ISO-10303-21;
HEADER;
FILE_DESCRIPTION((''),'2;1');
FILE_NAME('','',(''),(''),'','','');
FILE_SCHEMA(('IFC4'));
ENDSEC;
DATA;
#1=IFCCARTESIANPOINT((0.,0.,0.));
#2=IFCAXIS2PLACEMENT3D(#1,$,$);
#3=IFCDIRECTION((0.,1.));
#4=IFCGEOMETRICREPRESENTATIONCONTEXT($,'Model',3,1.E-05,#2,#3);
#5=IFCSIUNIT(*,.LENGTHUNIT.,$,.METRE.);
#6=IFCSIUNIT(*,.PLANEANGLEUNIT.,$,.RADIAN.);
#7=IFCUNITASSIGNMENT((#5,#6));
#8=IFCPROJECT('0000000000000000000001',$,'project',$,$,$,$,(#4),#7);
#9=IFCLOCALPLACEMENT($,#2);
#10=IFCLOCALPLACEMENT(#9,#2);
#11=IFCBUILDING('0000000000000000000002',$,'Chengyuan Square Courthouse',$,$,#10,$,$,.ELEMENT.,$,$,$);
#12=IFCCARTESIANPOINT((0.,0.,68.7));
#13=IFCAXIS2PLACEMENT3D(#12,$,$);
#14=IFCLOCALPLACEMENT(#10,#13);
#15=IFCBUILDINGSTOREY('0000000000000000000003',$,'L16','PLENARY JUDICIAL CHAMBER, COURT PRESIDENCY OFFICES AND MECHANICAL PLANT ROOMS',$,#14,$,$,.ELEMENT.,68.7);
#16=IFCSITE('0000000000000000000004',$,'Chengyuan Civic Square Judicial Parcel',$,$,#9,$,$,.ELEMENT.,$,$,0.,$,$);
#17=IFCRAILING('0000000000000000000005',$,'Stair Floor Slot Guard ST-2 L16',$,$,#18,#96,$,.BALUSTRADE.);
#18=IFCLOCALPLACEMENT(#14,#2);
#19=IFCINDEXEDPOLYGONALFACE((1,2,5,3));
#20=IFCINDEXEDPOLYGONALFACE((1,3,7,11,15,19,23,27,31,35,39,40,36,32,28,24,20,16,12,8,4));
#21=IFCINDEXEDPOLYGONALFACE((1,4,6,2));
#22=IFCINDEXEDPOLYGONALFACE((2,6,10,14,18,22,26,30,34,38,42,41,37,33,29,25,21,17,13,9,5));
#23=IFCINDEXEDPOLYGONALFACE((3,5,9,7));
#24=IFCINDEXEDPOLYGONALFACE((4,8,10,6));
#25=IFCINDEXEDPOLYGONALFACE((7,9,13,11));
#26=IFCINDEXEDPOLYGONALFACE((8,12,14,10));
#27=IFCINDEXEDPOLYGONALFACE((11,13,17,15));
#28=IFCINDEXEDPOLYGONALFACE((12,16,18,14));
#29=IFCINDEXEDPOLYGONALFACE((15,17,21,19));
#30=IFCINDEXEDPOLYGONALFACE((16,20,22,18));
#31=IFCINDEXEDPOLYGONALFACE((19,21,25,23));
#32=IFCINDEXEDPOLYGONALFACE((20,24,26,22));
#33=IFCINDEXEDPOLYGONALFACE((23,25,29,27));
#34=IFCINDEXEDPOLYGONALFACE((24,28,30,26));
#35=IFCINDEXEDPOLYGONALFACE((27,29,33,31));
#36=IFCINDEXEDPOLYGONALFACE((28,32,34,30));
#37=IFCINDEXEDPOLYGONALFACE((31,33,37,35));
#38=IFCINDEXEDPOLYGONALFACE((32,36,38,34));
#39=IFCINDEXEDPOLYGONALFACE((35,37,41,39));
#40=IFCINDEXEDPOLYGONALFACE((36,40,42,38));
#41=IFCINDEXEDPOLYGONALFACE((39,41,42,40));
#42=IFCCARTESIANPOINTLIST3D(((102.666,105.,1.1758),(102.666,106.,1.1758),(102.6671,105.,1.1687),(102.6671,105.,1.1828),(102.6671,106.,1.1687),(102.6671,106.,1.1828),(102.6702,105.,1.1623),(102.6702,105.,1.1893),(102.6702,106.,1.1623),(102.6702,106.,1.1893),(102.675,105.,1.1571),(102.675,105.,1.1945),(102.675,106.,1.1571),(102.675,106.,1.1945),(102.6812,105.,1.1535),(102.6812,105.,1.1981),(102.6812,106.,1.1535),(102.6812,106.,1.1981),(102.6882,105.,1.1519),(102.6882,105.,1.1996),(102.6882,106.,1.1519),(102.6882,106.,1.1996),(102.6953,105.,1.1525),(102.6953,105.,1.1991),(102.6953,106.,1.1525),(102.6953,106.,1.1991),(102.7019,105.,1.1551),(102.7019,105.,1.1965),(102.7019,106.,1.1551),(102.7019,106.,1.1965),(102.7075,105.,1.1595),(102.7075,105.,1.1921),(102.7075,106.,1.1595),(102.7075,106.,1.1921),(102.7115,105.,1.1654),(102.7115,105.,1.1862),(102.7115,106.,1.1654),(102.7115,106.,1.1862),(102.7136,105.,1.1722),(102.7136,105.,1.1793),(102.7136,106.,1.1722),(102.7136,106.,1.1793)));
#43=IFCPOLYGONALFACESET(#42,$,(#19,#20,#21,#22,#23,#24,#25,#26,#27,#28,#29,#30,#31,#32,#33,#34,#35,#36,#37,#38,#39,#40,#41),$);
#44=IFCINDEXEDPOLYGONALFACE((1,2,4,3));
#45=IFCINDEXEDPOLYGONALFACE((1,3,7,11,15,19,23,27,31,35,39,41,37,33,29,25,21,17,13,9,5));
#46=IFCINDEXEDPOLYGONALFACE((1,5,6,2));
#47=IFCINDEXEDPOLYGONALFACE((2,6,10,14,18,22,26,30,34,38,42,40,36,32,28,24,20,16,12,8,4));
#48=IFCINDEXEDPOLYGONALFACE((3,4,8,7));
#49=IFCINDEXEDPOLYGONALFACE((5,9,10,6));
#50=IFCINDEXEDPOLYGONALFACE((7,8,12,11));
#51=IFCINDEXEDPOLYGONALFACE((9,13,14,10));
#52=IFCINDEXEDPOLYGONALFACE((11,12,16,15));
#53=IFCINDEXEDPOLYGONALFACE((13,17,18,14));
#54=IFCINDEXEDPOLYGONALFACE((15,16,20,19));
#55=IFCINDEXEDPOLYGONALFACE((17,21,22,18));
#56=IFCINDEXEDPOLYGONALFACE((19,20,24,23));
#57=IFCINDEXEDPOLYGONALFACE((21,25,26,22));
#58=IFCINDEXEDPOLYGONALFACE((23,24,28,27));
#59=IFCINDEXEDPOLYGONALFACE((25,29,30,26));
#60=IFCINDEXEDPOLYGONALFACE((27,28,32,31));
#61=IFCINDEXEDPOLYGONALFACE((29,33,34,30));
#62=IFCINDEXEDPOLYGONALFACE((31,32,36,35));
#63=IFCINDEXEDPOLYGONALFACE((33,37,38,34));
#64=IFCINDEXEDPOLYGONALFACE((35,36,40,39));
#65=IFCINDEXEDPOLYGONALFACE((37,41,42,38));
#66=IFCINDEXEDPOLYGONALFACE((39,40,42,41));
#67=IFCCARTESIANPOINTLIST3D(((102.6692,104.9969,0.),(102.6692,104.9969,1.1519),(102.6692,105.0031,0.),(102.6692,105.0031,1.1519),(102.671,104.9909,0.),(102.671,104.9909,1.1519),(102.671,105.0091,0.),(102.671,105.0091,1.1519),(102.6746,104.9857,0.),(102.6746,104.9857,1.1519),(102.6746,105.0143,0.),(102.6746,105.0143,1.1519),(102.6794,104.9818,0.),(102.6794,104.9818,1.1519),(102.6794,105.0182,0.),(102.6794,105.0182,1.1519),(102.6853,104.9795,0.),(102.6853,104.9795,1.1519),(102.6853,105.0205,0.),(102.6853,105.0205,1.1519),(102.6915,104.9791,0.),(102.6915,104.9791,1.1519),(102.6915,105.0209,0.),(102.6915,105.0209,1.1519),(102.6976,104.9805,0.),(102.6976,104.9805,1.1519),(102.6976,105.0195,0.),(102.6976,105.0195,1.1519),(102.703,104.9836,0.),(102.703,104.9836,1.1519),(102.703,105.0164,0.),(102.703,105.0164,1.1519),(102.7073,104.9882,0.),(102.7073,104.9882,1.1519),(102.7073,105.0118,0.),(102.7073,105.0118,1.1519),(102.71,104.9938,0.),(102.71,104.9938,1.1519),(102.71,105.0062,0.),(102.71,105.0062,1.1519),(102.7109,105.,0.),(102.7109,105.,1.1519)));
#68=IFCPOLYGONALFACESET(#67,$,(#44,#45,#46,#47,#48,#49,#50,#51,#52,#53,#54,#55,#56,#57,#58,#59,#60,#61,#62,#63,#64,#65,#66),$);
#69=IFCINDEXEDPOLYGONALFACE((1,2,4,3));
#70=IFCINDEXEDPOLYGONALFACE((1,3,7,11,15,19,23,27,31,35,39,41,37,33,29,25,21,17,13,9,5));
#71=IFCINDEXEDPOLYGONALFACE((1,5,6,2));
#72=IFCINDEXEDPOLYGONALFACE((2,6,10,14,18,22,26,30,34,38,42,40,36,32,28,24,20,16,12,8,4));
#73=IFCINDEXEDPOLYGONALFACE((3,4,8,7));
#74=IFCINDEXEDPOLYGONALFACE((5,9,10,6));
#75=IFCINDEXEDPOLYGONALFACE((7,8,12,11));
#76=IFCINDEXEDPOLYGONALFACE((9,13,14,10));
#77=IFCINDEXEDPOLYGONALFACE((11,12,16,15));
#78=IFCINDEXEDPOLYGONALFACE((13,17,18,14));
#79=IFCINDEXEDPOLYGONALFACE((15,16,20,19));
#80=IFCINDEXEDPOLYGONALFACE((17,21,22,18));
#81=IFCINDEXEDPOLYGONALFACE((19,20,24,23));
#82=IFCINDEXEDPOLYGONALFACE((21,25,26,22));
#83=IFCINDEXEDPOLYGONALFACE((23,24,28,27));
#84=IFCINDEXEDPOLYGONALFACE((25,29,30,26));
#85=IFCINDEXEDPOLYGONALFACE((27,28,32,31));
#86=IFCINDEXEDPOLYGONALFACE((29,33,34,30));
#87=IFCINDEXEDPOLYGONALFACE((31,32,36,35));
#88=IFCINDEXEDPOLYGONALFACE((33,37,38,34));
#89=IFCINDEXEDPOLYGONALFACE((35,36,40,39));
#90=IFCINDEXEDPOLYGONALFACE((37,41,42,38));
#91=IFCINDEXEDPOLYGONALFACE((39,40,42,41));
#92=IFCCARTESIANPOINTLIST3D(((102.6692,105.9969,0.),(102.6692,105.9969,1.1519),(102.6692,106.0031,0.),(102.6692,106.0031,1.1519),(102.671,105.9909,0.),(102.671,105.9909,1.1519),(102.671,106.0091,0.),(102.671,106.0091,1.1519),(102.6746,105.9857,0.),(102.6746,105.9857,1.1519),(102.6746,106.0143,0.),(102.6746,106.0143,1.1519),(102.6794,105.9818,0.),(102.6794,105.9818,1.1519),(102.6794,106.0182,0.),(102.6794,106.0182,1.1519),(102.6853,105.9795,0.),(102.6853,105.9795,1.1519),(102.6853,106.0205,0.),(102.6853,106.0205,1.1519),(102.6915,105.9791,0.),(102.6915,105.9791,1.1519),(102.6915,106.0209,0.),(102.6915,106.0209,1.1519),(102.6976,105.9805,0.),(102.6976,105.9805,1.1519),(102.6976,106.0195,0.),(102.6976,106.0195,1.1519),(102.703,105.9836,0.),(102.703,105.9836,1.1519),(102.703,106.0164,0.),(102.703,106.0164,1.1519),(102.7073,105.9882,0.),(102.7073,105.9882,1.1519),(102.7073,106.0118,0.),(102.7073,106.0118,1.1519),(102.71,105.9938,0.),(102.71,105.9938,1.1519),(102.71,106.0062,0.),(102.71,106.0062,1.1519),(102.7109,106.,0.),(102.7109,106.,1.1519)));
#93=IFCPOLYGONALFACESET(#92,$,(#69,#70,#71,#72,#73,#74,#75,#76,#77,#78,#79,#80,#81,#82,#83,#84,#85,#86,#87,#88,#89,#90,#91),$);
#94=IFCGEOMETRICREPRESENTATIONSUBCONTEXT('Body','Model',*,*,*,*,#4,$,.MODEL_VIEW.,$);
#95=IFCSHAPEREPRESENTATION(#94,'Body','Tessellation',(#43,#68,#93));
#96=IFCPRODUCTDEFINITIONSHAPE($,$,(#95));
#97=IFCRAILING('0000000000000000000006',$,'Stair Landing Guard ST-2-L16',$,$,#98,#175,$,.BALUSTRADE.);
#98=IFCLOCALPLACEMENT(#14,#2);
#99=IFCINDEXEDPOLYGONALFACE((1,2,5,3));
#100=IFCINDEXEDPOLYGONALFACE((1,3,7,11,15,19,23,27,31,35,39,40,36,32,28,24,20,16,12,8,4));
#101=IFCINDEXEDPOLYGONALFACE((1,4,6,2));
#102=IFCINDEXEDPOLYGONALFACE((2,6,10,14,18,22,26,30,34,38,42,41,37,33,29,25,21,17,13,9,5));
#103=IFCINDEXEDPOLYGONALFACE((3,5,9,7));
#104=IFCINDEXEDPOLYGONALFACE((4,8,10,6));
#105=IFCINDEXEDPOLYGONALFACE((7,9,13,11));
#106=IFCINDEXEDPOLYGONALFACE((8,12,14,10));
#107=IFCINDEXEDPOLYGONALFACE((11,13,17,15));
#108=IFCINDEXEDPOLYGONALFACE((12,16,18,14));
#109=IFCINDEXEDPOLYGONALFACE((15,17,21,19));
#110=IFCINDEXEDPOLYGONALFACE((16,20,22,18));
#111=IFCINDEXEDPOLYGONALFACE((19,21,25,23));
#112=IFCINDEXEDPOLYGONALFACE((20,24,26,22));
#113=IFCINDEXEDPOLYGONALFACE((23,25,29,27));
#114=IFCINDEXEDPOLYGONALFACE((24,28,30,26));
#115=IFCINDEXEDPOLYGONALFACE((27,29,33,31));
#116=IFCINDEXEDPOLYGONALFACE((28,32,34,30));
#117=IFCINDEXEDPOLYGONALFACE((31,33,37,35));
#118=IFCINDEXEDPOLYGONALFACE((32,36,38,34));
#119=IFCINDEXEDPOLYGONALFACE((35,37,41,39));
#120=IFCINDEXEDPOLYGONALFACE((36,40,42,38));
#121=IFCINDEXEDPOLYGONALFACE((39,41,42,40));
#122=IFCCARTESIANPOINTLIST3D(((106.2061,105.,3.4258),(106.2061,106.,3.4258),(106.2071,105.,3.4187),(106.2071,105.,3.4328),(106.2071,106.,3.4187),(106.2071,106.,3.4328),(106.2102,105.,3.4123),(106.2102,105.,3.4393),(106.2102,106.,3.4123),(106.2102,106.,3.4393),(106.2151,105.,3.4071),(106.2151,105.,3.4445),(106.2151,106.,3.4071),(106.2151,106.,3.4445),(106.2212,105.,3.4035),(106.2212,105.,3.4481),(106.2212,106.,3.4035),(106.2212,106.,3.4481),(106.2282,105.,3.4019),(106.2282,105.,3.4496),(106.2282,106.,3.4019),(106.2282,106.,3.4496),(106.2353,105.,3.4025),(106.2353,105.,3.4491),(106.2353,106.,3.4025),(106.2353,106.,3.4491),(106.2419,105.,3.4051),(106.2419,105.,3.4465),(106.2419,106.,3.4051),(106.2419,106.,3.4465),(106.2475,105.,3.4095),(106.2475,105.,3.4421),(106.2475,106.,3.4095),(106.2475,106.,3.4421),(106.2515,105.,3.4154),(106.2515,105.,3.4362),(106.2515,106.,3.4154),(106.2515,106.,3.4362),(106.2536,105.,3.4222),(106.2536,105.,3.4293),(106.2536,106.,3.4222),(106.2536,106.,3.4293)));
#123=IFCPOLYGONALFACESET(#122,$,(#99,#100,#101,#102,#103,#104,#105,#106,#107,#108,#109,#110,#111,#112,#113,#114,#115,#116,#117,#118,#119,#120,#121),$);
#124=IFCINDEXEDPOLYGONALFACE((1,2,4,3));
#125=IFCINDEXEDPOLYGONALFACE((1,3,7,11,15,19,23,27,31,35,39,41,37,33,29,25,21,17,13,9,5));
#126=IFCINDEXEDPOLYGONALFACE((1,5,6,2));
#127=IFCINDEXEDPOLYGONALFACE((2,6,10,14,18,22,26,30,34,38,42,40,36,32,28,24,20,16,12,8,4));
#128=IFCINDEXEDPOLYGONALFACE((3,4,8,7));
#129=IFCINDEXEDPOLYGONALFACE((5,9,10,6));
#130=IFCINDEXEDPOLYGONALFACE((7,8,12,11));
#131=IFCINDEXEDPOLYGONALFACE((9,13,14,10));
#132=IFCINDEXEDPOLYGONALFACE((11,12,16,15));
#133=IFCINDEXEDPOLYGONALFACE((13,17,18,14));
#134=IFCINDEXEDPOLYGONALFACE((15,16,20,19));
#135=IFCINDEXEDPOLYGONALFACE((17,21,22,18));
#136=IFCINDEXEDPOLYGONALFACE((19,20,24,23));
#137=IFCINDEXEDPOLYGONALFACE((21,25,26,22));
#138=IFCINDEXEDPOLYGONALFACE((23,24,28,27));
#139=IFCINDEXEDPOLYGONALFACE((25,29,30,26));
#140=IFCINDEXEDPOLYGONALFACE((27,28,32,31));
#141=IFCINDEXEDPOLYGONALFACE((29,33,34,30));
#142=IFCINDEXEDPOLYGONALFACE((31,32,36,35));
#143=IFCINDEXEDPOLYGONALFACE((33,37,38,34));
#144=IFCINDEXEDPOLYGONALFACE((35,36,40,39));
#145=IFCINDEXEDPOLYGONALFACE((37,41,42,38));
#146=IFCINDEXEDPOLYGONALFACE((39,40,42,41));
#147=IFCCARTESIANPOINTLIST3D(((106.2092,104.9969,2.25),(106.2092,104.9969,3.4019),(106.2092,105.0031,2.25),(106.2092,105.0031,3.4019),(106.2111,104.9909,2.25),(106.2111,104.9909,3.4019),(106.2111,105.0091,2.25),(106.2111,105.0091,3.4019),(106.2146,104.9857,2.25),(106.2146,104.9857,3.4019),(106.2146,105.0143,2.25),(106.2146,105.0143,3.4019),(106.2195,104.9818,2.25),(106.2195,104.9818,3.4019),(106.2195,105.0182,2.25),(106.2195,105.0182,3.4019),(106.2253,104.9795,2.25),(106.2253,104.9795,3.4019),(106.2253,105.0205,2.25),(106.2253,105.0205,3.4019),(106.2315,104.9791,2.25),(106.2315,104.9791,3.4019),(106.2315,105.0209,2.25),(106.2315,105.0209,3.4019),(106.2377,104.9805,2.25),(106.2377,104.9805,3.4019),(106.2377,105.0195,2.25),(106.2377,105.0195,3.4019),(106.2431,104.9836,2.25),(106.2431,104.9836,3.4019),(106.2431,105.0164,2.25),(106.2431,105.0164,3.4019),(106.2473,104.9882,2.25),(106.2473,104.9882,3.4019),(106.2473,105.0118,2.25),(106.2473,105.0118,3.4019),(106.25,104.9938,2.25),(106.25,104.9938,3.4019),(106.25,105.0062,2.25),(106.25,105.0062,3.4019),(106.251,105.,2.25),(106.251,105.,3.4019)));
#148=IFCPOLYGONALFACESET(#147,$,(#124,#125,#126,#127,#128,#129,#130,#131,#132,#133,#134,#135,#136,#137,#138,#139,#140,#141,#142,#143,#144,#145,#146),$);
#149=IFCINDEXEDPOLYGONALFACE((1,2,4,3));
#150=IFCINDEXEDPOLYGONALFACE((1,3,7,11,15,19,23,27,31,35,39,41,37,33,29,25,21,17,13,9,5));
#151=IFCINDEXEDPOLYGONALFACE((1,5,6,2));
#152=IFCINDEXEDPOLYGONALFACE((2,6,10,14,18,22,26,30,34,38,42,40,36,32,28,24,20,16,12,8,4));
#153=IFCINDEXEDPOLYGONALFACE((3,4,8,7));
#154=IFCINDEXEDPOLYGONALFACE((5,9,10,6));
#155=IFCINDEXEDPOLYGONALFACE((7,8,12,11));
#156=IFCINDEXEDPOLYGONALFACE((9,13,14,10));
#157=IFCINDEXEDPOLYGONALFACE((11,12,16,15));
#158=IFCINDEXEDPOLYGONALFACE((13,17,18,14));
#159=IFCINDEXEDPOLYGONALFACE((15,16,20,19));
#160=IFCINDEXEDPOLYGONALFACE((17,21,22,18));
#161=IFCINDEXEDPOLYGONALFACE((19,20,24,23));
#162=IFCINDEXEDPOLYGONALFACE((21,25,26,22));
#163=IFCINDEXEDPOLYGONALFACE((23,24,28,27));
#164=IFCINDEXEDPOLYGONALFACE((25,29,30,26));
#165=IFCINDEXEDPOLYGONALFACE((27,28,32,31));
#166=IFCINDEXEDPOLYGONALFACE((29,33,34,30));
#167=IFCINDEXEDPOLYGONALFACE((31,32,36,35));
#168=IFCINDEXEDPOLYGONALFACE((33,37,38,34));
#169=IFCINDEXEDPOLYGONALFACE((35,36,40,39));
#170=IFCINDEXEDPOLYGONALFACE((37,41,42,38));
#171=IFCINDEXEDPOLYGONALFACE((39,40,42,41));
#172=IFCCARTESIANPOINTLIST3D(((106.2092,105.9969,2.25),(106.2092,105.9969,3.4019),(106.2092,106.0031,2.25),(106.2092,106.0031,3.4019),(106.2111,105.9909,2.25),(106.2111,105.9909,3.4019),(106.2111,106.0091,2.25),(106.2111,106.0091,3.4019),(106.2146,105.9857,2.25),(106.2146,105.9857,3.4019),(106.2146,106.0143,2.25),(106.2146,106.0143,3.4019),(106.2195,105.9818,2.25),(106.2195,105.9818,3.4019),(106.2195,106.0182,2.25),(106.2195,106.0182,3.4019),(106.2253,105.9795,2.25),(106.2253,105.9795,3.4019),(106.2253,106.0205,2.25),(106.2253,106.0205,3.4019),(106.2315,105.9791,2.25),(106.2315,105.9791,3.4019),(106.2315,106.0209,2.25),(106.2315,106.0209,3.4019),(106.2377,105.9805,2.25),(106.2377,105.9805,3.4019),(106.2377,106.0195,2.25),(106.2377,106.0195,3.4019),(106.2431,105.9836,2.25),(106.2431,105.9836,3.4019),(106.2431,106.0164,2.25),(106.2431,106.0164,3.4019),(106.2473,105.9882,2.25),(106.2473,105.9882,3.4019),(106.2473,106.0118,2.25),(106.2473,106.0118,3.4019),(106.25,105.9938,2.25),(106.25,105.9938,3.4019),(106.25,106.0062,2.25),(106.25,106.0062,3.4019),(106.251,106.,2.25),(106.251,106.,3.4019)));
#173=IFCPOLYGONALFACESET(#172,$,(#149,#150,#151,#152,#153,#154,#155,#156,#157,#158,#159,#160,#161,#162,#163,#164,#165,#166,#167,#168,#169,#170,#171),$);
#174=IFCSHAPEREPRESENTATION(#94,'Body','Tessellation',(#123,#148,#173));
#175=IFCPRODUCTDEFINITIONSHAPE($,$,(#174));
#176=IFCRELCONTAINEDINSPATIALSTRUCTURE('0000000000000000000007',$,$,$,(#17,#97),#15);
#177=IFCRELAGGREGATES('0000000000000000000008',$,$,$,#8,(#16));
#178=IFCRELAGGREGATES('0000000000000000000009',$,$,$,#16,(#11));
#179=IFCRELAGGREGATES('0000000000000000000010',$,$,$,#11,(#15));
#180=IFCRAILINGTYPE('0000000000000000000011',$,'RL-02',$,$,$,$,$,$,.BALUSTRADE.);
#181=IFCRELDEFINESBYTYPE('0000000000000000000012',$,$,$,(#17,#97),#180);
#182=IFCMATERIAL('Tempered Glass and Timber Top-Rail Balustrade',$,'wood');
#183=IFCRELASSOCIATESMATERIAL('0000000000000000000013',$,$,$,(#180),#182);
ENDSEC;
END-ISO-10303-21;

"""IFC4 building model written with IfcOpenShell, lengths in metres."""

from ifc_helpers import new_model, si_unit, direction, frame, origin, origin_2d, place, context, subcontext, project, spatial, circle, extrude, material, type_object, element, save


model = new_model("IFC4")

# Units and contexts
model_context = context("Model", 3, precision=1e-05, world=origin(), true_north=direction((0.0, 1.0)))
body_context = subcontext(model_context, "Body", "Model", "MODEL_VIEW")
ifc_project = project(units=[si_unit("LENGTHUNIT", "METRE"), si_unit("PLANEANGLEUNIT", "RADIAN")], contexts=[model_context])

# Site, building, storey
site_placement = place(None, origin())
site = spatial("IfcSite", under=ifc_project, at=site_placement, Name="Chengyuan Civic Square Judicial Parcel", CompositionType="ELEMENT", RefElevation=0.0)
building_placement = place(site_placement, origin())
building = spatial("IfcBuilding", under=site, at=building_placement, Name="Chengyuan Square Courthouse", CompositionType="ELEMENT")
storey_placement = place(building_placement, frame((0.0, 0.0, 68.7)))
storey = spatial("IfcBuildingStorey", under=building, at=storey_placement, Name="L16", Description="PLENARY JUDICIAL CHAMBER, COURT PRESIDENCY OFFICES AND MECHANICAL PLANT ROOMS", CompositionType="ELEMENT", Elevation=68.7)

# Railings
ifc_material_1 = material(Name="Tempered Glass and Timber Top-Rail Balustrade", Category="wood")
railing_type_1 = type_object("IfcRailingType", Name="RL-02", PredefinedType="BALUSTRADE", material=ifc_material_1)
for number, where, name in (
    (1, (102.6899, 105.0, 0.0), "Stair Floor Slot Guard ST-2 L16"),
    (2, (106.23, 105.0, 2.25), "Stair Landing Guard ST-2-L16"),
):
    element("IfcRailing", number, at=place(storey_placement, frame(where)), inside=storey, type_object=railing_type_1, Name=name, PredefinedType="BALUSTRADE", context=body_context, shape_type="SweptSolid", body=[
        extrude(circle(Radius=0.0239, at=origin_2d()), frame((0.0, 0.0, 1.1758), z_axis=(0.0, 1.0, 0.0), x_axis=(-1.0, 0.0, 0.0)), (0.0, 0.0, 1.0), 1.0),
        extrude(circle(Radius=0.021, at=origin_2d()), origin(), (0.0, 0.0, 1.0), 1.1519),
        extrude(circle(Radius=0.021, at=origin_2d()), frame((0.0, 1.0, 0.0)), (0.0, 0.0, 1.0), 1.1519),
    ])

save(model, "model.ifc")
